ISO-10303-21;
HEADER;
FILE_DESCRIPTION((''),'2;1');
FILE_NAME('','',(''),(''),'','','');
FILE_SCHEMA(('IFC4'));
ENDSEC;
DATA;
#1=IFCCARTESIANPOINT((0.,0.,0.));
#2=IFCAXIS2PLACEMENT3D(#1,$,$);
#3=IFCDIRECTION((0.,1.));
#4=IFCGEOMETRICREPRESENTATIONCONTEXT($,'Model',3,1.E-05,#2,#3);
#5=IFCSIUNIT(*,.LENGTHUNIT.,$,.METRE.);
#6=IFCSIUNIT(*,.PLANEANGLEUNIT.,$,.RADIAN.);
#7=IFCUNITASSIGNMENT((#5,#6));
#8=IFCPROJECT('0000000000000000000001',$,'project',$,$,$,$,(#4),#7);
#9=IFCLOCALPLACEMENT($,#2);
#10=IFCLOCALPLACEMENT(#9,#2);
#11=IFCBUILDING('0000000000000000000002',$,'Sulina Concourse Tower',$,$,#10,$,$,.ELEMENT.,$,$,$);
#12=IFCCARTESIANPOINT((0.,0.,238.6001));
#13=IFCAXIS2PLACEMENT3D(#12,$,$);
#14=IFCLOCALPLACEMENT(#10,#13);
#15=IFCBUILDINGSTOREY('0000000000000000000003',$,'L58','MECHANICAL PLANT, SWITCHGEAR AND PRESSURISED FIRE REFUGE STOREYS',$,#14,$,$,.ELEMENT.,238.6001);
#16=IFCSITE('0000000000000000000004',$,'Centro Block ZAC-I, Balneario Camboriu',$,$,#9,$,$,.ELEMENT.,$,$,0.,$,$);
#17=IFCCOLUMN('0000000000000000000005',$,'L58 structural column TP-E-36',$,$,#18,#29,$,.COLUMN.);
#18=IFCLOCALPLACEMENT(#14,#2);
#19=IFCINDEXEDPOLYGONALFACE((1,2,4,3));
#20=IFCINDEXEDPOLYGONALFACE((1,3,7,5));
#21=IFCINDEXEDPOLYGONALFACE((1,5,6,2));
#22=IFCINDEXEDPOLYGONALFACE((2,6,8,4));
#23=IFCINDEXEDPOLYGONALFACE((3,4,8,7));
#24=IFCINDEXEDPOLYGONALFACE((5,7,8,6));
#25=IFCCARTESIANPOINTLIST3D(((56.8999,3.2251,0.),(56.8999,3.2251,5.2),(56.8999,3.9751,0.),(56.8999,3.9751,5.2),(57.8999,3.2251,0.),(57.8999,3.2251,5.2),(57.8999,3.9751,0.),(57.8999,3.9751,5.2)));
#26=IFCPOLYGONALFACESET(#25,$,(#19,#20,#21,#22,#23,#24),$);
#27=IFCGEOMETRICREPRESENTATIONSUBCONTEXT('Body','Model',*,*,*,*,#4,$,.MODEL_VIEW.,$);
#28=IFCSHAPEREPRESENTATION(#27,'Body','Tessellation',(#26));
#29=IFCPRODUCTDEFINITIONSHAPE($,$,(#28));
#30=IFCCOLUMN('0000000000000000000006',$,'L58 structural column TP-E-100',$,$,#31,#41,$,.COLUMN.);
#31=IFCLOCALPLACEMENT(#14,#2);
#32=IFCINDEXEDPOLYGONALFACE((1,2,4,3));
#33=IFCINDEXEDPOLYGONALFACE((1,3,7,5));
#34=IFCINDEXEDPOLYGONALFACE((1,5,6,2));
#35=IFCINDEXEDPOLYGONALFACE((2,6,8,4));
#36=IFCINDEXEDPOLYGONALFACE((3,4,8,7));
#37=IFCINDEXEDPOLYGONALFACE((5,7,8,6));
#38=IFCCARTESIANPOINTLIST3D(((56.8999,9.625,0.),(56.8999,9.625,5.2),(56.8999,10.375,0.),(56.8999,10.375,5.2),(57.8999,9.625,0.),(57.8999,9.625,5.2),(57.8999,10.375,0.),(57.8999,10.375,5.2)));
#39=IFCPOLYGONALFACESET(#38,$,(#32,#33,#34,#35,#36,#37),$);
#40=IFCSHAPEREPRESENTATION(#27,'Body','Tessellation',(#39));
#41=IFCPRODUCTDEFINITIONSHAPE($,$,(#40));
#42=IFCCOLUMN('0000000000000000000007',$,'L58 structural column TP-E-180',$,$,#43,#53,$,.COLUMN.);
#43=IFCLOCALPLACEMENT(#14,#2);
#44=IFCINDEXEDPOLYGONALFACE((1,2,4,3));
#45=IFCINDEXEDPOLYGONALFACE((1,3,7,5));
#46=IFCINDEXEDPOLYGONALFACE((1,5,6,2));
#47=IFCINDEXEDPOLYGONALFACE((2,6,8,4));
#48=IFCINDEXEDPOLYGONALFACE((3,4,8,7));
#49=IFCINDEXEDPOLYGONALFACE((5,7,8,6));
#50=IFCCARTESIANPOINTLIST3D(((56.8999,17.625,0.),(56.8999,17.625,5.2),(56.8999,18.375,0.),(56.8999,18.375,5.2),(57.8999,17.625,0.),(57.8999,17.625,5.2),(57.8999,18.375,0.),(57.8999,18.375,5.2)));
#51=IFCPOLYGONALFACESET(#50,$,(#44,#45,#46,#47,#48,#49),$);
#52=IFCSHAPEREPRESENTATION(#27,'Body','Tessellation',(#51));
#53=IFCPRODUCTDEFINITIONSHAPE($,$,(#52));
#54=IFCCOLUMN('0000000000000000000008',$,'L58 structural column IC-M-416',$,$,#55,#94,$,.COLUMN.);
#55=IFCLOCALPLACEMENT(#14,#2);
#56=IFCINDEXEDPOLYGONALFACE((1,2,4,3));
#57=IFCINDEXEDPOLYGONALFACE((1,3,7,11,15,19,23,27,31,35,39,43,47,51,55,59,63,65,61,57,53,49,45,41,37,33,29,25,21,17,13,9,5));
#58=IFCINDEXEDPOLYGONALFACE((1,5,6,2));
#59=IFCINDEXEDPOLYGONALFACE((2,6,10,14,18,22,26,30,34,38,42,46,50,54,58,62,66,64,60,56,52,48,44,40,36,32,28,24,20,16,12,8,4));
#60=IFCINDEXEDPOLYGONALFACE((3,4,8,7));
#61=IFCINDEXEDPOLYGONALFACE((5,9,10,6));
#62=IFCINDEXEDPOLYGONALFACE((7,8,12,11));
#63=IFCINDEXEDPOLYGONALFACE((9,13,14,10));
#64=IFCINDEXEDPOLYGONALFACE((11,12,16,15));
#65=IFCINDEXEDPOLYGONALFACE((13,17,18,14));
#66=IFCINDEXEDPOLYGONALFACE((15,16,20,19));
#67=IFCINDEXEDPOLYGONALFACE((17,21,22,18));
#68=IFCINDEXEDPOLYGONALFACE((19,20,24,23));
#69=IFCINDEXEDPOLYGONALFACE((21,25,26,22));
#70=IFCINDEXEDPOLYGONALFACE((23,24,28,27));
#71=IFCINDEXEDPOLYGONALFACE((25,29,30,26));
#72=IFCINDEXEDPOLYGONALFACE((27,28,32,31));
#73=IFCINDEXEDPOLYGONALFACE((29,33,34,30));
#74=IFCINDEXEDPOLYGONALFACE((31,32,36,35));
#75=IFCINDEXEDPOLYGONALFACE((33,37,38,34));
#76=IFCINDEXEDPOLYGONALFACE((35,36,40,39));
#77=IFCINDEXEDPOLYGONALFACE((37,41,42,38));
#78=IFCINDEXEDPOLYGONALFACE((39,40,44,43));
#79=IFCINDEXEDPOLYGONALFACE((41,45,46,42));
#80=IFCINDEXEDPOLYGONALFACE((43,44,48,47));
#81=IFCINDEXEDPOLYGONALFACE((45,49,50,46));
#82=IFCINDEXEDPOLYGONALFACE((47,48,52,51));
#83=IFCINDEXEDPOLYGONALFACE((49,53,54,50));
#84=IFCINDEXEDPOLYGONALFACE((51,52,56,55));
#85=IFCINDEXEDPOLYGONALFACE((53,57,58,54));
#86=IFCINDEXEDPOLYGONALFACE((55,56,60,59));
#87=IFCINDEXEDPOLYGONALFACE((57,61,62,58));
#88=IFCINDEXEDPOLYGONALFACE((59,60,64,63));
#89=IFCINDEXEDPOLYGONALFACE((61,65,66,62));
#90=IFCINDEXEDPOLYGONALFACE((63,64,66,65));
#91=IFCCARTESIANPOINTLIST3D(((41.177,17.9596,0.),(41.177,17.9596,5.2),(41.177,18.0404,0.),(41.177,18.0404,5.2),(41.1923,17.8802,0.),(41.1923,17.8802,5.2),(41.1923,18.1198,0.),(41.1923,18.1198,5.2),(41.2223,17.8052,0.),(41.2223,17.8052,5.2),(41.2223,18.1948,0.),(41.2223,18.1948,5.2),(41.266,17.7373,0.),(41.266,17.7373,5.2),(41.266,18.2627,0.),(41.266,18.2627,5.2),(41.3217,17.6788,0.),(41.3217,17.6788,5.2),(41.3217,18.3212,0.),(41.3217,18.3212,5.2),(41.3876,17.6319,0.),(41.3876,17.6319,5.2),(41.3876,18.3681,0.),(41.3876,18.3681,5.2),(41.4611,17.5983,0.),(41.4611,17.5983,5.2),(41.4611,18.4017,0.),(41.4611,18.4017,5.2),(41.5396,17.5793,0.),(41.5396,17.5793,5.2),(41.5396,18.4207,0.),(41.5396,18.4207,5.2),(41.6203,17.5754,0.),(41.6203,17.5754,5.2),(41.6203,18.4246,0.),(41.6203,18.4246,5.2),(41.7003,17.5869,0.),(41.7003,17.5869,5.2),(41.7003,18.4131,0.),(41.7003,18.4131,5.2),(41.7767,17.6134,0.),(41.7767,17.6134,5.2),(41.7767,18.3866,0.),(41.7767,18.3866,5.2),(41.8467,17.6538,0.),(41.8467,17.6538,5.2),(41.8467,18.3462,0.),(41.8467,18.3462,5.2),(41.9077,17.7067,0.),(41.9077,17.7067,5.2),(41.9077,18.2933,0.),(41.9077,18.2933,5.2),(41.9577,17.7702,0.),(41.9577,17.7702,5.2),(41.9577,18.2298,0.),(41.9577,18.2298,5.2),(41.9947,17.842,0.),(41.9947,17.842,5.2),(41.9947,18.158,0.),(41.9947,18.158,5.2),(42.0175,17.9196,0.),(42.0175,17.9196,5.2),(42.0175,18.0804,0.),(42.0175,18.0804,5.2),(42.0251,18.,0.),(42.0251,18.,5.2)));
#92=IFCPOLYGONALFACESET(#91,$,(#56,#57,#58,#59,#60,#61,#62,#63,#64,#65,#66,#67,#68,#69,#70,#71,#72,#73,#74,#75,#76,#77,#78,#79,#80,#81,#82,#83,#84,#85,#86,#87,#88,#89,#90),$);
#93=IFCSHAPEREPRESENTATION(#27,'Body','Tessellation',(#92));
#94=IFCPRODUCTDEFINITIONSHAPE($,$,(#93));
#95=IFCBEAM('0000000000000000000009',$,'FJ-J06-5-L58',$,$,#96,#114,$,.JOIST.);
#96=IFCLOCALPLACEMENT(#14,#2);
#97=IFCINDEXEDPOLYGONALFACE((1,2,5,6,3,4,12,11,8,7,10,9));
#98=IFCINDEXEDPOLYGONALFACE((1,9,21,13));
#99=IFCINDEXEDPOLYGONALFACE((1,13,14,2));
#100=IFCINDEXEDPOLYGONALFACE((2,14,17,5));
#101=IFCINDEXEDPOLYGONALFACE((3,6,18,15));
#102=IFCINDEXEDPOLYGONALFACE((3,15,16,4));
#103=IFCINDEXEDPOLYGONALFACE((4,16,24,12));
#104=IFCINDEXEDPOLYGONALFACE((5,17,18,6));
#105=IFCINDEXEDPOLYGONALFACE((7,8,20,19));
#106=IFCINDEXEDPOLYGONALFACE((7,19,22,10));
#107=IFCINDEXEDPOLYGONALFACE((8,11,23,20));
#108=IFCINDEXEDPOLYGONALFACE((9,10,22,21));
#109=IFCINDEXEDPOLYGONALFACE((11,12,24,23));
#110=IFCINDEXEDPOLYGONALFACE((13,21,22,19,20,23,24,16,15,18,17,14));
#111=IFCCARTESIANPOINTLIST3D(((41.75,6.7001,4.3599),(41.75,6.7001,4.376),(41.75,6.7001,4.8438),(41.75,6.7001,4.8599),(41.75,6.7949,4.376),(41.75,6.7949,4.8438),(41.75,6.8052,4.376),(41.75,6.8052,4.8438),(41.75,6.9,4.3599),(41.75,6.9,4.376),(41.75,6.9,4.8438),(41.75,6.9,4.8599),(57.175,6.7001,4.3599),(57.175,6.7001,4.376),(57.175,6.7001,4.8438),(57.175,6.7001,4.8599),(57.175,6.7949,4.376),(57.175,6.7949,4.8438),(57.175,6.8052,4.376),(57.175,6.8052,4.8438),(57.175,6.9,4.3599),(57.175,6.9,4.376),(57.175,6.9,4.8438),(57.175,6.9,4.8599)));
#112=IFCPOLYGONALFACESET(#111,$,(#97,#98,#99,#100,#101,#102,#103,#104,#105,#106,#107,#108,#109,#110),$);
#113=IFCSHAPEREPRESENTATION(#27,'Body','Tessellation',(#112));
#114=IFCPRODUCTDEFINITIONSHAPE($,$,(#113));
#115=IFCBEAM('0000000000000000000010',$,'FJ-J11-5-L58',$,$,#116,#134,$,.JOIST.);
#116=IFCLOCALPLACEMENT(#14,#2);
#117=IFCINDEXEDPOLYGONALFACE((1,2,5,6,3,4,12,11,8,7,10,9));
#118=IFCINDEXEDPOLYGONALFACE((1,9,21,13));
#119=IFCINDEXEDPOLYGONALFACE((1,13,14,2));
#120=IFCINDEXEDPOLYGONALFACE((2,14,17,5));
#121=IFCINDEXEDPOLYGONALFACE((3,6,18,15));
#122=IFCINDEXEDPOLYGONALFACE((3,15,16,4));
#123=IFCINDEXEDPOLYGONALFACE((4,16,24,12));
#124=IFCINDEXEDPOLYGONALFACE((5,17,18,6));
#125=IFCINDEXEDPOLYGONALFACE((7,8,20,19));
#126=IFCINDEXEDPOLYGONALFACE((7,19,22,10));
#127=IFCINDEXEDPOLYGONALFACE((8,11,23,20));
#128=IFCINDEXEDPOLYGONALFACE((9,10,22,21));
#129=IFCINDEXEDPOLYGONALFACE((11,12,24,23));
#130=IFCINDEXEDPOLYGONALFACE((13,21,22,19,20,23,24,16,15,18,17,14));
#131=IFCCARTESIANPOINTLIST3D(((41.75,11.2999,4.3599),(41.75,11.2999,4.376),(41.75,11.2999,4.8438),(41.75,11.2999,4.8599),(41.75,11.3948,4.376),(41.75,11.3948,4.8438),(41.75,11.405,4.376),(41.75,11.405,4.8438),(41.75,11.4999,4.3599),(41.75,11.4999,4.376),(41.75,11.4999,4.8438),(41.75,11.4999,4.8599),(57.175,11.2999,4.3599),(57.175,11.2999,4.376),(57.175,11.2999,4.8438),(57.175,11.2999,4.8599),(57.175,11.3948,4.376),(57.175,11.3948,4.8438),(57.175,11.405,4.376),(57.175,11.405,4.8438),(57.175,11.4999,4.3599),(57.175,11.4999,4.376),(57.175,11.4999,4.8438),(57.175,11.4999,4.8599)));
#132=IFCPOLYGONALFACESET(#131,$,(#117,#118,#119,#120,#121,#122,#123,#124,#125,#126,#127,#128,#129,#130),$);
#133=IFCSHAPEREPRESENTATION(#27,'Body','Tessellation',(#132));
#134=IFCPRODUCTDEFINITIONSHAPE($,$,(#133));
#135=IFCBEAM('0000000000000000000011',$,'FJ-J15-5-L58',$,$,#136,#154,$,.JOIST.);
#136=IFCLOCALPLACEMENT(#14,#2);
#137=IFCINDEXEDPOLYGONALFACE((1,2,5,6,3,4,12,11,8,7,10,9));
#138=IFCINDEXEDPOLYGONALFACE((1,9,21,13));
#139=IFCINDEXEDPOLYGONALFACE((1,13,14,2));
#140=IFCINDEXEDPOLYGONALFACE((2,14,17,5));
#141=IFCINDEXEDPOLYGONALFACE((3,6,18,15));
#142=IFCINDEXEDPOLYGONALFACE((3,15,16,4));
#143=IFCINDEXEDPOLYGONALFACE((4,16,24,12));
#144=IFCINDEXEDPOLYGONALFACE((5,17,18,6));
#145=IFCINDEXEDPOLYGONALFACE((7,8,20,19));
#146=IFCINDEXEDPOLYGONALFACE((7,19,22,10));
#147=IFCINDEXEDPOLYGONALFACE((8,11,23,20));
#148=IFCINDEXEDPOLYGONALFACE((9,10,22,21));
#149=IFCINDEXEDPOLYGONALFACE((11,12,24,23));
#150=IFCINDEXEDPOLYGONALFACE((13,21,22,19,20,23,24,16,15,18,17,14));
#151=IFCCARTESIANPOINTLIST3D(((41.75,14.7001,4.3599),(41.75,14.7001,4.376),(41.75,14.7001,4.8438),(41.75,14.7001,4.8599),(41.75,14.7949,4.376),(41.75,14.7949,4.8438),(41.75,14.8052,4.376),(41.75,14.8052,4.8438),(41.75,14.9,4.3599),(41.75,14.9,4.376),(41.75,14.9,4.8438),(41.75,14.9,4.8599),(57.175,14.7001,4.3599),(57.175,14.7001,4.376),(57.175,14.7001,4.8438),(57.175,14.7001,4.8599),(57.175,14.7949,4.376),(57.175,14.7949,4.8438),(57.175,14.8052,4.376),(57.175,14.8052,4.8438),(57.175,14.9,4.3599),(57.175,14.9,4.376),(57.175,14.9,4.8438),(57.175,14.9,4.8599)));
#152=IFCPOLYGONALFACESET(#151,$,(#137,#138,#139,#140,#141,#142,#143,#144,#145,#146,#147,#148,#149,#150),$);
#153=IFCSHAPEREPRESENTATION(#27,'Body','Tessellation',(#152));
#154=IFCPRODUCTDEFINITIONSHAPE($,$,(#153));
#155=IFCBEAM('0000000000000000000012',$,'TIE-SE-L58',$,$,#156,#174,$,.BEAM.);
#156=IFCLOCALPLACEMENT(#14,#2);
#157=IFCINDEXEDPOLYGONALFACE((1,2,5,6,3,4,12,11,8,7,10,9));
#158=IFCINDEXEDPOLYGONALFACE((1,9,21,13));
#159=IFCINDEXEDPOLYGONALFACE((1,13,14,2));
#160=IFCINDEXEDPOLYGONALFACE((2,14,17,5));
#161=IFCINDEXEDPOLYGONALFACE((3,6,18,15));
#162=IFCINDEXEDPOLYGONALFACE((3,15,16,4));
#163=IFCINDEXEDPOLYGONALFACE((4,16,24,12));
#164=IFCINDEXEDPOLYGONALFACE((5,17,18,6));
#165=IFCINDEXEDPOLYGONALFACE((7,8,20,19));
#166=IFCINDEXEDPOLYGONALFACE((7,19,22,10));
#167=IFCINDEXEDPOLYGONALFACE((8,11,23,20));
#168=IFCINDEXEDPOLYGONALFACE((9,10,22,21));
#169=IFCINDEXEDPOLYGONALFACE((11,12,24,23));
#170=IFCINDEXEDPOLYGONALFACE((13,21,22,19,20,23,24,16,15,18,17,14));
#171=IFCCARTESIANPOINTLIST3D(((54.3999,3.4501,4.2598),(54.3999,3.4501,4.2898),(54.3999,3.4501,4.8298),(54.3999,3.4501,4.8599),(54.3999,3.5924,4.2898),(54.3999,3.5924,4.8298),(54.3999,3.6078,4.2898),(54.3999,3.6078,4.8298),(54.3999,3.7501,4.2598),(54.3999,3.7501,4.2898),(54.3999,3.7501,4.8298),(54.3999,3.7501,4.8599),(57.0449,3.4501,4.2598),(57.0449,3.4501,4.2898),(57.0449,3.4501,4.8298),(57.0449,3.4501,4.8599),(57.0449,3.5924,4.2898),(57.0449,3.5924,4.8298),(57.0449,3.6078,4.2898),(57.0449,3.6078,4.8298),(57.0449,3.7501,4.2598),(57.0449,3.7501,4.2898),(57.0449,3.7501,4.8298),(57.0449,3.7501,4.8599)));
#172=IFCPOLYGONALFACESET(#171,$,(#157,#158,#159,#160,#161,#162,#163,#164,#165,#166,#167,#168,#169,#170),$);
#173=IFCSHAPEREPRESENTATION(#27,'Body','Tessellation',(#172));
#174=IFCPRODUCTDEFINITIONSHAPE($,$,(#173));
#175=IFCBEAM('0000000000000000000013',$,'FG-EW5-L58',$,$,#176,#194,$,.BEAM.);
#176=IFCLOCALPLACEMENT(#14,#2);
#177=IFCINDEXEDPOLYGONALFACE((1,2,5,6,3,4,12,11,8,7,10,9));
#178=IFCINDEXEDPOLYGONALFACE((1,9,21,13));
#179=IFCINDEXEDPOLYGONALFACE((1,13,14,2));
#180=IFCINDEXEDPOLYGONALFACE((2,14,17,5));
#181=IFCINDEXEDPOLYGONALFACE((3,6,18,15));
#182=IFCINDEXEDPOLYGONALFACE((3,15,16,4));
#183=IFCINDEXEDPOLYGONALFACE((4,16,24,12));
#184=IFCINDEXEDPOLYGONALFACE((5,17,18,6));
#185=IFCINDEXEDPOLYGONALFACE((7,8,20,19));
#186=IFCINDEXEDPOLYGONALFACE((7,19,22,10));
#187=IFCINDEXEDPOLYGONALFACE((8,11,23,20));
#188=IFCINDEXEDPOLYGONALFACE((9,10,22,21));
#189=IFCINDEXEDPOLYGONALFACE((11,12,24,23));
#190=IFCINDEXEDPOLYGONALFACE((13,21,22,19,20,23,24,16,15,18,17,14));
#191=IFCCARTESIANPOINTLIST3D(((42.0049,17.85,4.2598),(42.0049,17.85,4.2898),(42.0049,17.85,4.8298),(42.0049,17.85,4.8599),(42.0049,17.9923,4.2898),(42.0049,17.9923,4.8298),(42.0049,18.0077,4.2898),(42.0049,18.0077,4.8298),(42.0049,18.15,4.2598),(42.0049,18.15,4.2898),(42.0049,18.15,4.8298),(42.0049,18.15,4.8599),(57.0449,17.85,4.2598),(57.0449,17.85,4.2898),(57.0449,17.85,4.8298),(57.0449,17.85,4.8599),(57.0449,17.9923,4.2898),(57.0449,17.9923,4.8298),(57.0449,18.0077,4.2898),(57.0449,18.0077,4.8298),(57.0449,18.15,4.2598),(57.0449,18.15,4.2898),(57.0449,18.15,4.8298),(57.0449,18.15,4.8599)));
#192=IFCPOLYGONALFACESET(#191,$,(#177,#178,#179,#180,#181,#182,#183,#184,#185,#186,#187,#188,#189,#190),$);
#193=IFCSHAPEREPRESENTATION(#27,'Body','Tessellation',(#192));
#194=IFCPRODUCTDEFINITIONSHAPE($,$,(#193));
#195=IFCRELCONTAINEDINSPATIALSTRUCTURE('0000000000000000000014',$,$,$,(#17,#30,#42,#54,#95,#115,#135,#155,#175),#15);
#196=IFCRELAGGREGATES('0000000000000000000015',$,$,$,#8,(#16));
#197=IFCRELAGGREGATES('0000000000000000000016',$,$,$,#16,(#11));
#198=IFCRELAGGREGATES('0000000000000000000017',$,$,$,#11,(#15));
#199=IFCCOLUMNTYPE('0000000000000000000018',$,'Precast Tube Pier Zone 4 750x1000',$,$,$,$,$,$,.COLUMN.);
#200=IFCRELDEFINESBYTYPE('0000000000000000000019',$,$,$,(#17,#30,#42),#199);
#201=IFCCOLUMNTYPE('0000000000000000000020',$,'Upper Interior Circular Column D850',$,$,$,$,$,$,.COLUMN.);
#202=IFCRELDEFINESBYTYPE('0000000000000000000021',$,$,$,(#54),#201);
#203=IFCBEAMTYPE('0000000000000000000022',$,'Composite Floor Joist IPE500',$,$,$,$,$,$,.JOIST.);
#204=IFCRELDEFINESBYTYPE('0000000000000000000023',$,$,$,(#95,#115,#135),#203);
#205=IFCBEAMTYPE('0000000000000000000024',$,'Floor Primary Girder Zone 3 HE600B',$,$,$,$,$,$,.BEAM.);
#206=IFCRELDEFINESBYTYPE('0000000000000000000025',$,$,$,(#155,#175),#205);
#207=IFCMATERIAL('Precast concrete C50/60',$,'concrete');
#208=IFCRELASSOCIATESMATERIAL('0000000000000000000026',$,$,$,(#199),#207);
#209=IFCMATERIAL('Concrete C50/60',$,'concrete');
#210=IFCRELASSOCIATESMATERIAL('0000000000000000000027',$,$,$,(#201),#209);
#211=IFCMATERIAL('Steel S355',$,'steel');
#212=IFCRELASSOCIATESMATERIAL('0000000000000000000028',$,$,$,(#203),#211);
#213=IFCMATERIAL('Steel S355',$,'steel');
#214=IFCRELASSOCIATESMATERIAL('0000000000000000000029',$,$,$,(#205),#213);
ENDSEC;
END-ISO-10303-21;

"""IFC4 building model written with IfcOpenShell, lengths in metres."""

from ifc_helpers import new_model, si_unit, direction, frame, origin, origin_2d, place, context, subcontext, project, spatial, rectangle, circle, i_section, extrude, material, material_profile, profile_set, type_object, element, save


model = new_model("IFC4")

# Units and contexts
model_context = context("Model", 3, precision=1e-05, world=origin(), true_north=direction((0.0, 1.0)))
body_context = subcontext(model_context, "Body", "Model", "MODEL_VIEW")
ifc_project = project(units=[si_unit("LENGTHUNIT", "METRE"), si_unit("PLANEANGLEUNIT", "RADIAN")], contexts=[model_context])

# Site, building, storey
site_placement = place(None, origin())
site = spatial("IfcSite", under=ifc_project, at=site_placement, Name="Centro Block ZAC-I, Balneario Camboriu", CompositionType="ELEMENT", RefElevation=0.0)
building_placement = place(site_placement, origin())
building = spatial("IfcBuilding", under=site, at=building_placement, Name="Sulina Concourse Tower", CompositionType="ELEMENT")
storey_placement = place(building_placement, frame((0.0, 0.0, 238.6001)))
storey = spatial("IfcBuildingStorey", under=building, at=storey_placement, Name="L58", Description="MECHANICAL PLANT, SWITCHGEAR AND PRESSURISED FIRE REFUGE STOREYS", CompositionType="ELEMENT", Elevation=238.6001)

# Columns
ifc_material_1 = material(Name="Precast concrete C50/60", Category="concrete")
ifc_material_profile_1 = material_profile(ifc_material_1, rectangle(XDim=0.75, YDim=1.0, at=origin_2d()), Name="PC 750x1000")
ifc_profile_set_1 = profile_set([ifc_material_profile_1], Name="Precast concrete C50/60")
column_type_1 = type_object("IfcColumnType", Name="Precast Tube Pier Zone 4 750x1000", PredefinedType="COLUMN", material=ifc_profile_set_1)
for number, where, z_axis, x_axis, name in (
    (1, (57.3999, 3.6001, 0.0), (0.0, 0.0, 1.0), (0.0, 1.0, 0.0), "L58 structural column TP-E-36"),
    (2, (57.3999, 10.0, 0.0), (0.0, 0.0, 1.0), (0.0, 1.0, 0.0), "L58 structural column TP-E-100"),
    (3, (57.3999, 18.0, 0.0), (0.0, 0.0, 1.0), (0.0, 1.0, 0.0), "L58 structural column TP-E-180"),
):
    element("IfcColumn", number, at=place(storey_placement, frame(where, z_axis=z_axis, x_axis=x_axis)), inside=storey, type_object=column_type_1, Name=name, PredefinedType="COLUMN", context=body_context, shape_type="SweptSolid", body=[
        extrude(rectangle(XDim=0.75, YDim=1.0, at=origin_2d()), origin(), (0.0, 0.0, 1.0), 5.2),
    ])
ifc_material_2 = material(Name="Concrete C50/60", Category="concrete")
ifc_material_profile_2 = material_profile(ifc_material_2, circle(Radius=0.425, at=origin_2d()), Name="RC D850")
ifc_profile_set_2 = profile_set([ifc_material_profile_2], Name="Concrete C50/60")
column_type_2 = type_object("IfcColumnType", Name="Upper Interior Circular Column D850", PredefinedType="COLUMN", material=ifc_profile_set_2)
column_placement = place(storey_placement, frame((41.6001, 18.0, 0.0), z_axis=(0.0, 0.0, 1.0), x_axis=(1.0, 0.0, 0.0)))
element("IfcColumn", 4, at=column_placement, inside=storey, type_object=column_type_2, Name="L58 structural column IC-M-416", PredefinedType="COLUMN", context=body_context, shape_type="SweptSolid", body=[
    extrude(circle(Radius=0.425, at=origin_2d()), origin(), (0.0, 0.0, 1.0), 5.2),
])

# Beams
ifc_material_3 = material(Name="Steel S355", Category="steel")
ifc_material_profile_3 = material_profile(ifc_material_3, i_section(OverallWidth=0.2, OverallDepth=0.5, WebThickness=0.0103, FlangeThickness=0.0161, at=origin_2d()), Name="IPE 500")
ifc_profile_set_3 = profile_set([ifc_material_profile_3], Name="Steel S355")
beam_type_1 = type_object("IfcBeamType", Name="Composite Floor Joist IPE500", PredefinedType="JOIST", material=ifc_profile_set_3)
for number, where, z_axis, x_axis, name in (
    (5, (41.75, 6.8, 4.6099), (1.0, 0.0, 0.0), (0.0, 1.0, 0.0), "FJ-J06-5-L58"),
    (6, (41.75, 11.3999, 4.6099), (1.0, 0.0, 0.0), (0.0, 1.0, 0.0), "FJ-J11-5-L58"),
    (7, (41.75, 14.8, 4.6099), (1.0, 0.0, 0.0), (0.0, 1.0, 0.0), "FJ-J15-5-L58"),
):
    element("IfcBeam", number, at=place(storey_placement, frame(where, z_axis=z_axis, x_axis=x_axis)), inside=storey, type_object=beam_type_1, Name=name, PredefinedType="JOIST", context=body_context, shape_type="SweptSolid", body=[
        extrude(i_section(OverallWidth=0.2, OverallDepth=0.5, WebThickness=0.0103, FlangeThickness=0.0161, at=origin_2d()), origin(), (0.0, 0.0, 1.0), 15.425),
    ])
ifc_material_4 = material(Name="Steel S355", Category="steel")
ifc_material_profile_4 = material_profile(ifc_material_4, i_section(OverallWidth=0.3, OverallDepth=0.6001, WebThickness=0.0154, FlangeThickness=0.03, at=origin_2d()), Name="HE 600 B")
ifc_profile_set_4 = profile_set([ifc_material_profile_4], Name="Steel S355")
beam_type_2 = type_object("IfcBeamType", Name="Floor Primary Girder Zone 3 HE600B", PredefinedType="BEAM", material=ifc_profile_set_4)
beam_1_placement = place(storey_placement, frame((54.3999, 3.6001, 4.5598), z_axis=(1.0, 0.0, 0.0), x_axis=(0.0, 1.0, 0.0)))
element("IfcBeam", 8, at=beam_1_placement, inside=storey, type_object=beam_type_2, Name="TIE-SE-L58", PredefinedType="BEAM", context=body_context, shape_type="SweptSolid", body=[
    extrude(i_section(OverallWidth=0.3, OverallDepth=0.6001, WebThickness=0.0154, FlangeThickness=0.03, at=origin_2d()), origin(), (0.0, 0.0, 1.0), 2.645),
])
beam_2_placement = place(storey_placement, frame((42.0049, 18.0, 4.5598), z_axis=(1.0, 0.0, 0.0), x_axis=(0.0, 1.0, 0.0)))
element("IfcBeam", 9, at=beam_2_placement, inside=storey, type_object=beam_type_2, Name="FG-EW5-L58", PredefinedType="BEAM", context=body_context, shape_type="SweptSolid", body=[
    extrude(i_section(OverallWidth=0.3, OverallDepth=0.6001, WebThickness=0.0154, FlangeThickness=0.03, at=origin_2d()), origin(), (0.0, 0.0, 1.0), 15.04),
])

save(model, "model.ifc")
